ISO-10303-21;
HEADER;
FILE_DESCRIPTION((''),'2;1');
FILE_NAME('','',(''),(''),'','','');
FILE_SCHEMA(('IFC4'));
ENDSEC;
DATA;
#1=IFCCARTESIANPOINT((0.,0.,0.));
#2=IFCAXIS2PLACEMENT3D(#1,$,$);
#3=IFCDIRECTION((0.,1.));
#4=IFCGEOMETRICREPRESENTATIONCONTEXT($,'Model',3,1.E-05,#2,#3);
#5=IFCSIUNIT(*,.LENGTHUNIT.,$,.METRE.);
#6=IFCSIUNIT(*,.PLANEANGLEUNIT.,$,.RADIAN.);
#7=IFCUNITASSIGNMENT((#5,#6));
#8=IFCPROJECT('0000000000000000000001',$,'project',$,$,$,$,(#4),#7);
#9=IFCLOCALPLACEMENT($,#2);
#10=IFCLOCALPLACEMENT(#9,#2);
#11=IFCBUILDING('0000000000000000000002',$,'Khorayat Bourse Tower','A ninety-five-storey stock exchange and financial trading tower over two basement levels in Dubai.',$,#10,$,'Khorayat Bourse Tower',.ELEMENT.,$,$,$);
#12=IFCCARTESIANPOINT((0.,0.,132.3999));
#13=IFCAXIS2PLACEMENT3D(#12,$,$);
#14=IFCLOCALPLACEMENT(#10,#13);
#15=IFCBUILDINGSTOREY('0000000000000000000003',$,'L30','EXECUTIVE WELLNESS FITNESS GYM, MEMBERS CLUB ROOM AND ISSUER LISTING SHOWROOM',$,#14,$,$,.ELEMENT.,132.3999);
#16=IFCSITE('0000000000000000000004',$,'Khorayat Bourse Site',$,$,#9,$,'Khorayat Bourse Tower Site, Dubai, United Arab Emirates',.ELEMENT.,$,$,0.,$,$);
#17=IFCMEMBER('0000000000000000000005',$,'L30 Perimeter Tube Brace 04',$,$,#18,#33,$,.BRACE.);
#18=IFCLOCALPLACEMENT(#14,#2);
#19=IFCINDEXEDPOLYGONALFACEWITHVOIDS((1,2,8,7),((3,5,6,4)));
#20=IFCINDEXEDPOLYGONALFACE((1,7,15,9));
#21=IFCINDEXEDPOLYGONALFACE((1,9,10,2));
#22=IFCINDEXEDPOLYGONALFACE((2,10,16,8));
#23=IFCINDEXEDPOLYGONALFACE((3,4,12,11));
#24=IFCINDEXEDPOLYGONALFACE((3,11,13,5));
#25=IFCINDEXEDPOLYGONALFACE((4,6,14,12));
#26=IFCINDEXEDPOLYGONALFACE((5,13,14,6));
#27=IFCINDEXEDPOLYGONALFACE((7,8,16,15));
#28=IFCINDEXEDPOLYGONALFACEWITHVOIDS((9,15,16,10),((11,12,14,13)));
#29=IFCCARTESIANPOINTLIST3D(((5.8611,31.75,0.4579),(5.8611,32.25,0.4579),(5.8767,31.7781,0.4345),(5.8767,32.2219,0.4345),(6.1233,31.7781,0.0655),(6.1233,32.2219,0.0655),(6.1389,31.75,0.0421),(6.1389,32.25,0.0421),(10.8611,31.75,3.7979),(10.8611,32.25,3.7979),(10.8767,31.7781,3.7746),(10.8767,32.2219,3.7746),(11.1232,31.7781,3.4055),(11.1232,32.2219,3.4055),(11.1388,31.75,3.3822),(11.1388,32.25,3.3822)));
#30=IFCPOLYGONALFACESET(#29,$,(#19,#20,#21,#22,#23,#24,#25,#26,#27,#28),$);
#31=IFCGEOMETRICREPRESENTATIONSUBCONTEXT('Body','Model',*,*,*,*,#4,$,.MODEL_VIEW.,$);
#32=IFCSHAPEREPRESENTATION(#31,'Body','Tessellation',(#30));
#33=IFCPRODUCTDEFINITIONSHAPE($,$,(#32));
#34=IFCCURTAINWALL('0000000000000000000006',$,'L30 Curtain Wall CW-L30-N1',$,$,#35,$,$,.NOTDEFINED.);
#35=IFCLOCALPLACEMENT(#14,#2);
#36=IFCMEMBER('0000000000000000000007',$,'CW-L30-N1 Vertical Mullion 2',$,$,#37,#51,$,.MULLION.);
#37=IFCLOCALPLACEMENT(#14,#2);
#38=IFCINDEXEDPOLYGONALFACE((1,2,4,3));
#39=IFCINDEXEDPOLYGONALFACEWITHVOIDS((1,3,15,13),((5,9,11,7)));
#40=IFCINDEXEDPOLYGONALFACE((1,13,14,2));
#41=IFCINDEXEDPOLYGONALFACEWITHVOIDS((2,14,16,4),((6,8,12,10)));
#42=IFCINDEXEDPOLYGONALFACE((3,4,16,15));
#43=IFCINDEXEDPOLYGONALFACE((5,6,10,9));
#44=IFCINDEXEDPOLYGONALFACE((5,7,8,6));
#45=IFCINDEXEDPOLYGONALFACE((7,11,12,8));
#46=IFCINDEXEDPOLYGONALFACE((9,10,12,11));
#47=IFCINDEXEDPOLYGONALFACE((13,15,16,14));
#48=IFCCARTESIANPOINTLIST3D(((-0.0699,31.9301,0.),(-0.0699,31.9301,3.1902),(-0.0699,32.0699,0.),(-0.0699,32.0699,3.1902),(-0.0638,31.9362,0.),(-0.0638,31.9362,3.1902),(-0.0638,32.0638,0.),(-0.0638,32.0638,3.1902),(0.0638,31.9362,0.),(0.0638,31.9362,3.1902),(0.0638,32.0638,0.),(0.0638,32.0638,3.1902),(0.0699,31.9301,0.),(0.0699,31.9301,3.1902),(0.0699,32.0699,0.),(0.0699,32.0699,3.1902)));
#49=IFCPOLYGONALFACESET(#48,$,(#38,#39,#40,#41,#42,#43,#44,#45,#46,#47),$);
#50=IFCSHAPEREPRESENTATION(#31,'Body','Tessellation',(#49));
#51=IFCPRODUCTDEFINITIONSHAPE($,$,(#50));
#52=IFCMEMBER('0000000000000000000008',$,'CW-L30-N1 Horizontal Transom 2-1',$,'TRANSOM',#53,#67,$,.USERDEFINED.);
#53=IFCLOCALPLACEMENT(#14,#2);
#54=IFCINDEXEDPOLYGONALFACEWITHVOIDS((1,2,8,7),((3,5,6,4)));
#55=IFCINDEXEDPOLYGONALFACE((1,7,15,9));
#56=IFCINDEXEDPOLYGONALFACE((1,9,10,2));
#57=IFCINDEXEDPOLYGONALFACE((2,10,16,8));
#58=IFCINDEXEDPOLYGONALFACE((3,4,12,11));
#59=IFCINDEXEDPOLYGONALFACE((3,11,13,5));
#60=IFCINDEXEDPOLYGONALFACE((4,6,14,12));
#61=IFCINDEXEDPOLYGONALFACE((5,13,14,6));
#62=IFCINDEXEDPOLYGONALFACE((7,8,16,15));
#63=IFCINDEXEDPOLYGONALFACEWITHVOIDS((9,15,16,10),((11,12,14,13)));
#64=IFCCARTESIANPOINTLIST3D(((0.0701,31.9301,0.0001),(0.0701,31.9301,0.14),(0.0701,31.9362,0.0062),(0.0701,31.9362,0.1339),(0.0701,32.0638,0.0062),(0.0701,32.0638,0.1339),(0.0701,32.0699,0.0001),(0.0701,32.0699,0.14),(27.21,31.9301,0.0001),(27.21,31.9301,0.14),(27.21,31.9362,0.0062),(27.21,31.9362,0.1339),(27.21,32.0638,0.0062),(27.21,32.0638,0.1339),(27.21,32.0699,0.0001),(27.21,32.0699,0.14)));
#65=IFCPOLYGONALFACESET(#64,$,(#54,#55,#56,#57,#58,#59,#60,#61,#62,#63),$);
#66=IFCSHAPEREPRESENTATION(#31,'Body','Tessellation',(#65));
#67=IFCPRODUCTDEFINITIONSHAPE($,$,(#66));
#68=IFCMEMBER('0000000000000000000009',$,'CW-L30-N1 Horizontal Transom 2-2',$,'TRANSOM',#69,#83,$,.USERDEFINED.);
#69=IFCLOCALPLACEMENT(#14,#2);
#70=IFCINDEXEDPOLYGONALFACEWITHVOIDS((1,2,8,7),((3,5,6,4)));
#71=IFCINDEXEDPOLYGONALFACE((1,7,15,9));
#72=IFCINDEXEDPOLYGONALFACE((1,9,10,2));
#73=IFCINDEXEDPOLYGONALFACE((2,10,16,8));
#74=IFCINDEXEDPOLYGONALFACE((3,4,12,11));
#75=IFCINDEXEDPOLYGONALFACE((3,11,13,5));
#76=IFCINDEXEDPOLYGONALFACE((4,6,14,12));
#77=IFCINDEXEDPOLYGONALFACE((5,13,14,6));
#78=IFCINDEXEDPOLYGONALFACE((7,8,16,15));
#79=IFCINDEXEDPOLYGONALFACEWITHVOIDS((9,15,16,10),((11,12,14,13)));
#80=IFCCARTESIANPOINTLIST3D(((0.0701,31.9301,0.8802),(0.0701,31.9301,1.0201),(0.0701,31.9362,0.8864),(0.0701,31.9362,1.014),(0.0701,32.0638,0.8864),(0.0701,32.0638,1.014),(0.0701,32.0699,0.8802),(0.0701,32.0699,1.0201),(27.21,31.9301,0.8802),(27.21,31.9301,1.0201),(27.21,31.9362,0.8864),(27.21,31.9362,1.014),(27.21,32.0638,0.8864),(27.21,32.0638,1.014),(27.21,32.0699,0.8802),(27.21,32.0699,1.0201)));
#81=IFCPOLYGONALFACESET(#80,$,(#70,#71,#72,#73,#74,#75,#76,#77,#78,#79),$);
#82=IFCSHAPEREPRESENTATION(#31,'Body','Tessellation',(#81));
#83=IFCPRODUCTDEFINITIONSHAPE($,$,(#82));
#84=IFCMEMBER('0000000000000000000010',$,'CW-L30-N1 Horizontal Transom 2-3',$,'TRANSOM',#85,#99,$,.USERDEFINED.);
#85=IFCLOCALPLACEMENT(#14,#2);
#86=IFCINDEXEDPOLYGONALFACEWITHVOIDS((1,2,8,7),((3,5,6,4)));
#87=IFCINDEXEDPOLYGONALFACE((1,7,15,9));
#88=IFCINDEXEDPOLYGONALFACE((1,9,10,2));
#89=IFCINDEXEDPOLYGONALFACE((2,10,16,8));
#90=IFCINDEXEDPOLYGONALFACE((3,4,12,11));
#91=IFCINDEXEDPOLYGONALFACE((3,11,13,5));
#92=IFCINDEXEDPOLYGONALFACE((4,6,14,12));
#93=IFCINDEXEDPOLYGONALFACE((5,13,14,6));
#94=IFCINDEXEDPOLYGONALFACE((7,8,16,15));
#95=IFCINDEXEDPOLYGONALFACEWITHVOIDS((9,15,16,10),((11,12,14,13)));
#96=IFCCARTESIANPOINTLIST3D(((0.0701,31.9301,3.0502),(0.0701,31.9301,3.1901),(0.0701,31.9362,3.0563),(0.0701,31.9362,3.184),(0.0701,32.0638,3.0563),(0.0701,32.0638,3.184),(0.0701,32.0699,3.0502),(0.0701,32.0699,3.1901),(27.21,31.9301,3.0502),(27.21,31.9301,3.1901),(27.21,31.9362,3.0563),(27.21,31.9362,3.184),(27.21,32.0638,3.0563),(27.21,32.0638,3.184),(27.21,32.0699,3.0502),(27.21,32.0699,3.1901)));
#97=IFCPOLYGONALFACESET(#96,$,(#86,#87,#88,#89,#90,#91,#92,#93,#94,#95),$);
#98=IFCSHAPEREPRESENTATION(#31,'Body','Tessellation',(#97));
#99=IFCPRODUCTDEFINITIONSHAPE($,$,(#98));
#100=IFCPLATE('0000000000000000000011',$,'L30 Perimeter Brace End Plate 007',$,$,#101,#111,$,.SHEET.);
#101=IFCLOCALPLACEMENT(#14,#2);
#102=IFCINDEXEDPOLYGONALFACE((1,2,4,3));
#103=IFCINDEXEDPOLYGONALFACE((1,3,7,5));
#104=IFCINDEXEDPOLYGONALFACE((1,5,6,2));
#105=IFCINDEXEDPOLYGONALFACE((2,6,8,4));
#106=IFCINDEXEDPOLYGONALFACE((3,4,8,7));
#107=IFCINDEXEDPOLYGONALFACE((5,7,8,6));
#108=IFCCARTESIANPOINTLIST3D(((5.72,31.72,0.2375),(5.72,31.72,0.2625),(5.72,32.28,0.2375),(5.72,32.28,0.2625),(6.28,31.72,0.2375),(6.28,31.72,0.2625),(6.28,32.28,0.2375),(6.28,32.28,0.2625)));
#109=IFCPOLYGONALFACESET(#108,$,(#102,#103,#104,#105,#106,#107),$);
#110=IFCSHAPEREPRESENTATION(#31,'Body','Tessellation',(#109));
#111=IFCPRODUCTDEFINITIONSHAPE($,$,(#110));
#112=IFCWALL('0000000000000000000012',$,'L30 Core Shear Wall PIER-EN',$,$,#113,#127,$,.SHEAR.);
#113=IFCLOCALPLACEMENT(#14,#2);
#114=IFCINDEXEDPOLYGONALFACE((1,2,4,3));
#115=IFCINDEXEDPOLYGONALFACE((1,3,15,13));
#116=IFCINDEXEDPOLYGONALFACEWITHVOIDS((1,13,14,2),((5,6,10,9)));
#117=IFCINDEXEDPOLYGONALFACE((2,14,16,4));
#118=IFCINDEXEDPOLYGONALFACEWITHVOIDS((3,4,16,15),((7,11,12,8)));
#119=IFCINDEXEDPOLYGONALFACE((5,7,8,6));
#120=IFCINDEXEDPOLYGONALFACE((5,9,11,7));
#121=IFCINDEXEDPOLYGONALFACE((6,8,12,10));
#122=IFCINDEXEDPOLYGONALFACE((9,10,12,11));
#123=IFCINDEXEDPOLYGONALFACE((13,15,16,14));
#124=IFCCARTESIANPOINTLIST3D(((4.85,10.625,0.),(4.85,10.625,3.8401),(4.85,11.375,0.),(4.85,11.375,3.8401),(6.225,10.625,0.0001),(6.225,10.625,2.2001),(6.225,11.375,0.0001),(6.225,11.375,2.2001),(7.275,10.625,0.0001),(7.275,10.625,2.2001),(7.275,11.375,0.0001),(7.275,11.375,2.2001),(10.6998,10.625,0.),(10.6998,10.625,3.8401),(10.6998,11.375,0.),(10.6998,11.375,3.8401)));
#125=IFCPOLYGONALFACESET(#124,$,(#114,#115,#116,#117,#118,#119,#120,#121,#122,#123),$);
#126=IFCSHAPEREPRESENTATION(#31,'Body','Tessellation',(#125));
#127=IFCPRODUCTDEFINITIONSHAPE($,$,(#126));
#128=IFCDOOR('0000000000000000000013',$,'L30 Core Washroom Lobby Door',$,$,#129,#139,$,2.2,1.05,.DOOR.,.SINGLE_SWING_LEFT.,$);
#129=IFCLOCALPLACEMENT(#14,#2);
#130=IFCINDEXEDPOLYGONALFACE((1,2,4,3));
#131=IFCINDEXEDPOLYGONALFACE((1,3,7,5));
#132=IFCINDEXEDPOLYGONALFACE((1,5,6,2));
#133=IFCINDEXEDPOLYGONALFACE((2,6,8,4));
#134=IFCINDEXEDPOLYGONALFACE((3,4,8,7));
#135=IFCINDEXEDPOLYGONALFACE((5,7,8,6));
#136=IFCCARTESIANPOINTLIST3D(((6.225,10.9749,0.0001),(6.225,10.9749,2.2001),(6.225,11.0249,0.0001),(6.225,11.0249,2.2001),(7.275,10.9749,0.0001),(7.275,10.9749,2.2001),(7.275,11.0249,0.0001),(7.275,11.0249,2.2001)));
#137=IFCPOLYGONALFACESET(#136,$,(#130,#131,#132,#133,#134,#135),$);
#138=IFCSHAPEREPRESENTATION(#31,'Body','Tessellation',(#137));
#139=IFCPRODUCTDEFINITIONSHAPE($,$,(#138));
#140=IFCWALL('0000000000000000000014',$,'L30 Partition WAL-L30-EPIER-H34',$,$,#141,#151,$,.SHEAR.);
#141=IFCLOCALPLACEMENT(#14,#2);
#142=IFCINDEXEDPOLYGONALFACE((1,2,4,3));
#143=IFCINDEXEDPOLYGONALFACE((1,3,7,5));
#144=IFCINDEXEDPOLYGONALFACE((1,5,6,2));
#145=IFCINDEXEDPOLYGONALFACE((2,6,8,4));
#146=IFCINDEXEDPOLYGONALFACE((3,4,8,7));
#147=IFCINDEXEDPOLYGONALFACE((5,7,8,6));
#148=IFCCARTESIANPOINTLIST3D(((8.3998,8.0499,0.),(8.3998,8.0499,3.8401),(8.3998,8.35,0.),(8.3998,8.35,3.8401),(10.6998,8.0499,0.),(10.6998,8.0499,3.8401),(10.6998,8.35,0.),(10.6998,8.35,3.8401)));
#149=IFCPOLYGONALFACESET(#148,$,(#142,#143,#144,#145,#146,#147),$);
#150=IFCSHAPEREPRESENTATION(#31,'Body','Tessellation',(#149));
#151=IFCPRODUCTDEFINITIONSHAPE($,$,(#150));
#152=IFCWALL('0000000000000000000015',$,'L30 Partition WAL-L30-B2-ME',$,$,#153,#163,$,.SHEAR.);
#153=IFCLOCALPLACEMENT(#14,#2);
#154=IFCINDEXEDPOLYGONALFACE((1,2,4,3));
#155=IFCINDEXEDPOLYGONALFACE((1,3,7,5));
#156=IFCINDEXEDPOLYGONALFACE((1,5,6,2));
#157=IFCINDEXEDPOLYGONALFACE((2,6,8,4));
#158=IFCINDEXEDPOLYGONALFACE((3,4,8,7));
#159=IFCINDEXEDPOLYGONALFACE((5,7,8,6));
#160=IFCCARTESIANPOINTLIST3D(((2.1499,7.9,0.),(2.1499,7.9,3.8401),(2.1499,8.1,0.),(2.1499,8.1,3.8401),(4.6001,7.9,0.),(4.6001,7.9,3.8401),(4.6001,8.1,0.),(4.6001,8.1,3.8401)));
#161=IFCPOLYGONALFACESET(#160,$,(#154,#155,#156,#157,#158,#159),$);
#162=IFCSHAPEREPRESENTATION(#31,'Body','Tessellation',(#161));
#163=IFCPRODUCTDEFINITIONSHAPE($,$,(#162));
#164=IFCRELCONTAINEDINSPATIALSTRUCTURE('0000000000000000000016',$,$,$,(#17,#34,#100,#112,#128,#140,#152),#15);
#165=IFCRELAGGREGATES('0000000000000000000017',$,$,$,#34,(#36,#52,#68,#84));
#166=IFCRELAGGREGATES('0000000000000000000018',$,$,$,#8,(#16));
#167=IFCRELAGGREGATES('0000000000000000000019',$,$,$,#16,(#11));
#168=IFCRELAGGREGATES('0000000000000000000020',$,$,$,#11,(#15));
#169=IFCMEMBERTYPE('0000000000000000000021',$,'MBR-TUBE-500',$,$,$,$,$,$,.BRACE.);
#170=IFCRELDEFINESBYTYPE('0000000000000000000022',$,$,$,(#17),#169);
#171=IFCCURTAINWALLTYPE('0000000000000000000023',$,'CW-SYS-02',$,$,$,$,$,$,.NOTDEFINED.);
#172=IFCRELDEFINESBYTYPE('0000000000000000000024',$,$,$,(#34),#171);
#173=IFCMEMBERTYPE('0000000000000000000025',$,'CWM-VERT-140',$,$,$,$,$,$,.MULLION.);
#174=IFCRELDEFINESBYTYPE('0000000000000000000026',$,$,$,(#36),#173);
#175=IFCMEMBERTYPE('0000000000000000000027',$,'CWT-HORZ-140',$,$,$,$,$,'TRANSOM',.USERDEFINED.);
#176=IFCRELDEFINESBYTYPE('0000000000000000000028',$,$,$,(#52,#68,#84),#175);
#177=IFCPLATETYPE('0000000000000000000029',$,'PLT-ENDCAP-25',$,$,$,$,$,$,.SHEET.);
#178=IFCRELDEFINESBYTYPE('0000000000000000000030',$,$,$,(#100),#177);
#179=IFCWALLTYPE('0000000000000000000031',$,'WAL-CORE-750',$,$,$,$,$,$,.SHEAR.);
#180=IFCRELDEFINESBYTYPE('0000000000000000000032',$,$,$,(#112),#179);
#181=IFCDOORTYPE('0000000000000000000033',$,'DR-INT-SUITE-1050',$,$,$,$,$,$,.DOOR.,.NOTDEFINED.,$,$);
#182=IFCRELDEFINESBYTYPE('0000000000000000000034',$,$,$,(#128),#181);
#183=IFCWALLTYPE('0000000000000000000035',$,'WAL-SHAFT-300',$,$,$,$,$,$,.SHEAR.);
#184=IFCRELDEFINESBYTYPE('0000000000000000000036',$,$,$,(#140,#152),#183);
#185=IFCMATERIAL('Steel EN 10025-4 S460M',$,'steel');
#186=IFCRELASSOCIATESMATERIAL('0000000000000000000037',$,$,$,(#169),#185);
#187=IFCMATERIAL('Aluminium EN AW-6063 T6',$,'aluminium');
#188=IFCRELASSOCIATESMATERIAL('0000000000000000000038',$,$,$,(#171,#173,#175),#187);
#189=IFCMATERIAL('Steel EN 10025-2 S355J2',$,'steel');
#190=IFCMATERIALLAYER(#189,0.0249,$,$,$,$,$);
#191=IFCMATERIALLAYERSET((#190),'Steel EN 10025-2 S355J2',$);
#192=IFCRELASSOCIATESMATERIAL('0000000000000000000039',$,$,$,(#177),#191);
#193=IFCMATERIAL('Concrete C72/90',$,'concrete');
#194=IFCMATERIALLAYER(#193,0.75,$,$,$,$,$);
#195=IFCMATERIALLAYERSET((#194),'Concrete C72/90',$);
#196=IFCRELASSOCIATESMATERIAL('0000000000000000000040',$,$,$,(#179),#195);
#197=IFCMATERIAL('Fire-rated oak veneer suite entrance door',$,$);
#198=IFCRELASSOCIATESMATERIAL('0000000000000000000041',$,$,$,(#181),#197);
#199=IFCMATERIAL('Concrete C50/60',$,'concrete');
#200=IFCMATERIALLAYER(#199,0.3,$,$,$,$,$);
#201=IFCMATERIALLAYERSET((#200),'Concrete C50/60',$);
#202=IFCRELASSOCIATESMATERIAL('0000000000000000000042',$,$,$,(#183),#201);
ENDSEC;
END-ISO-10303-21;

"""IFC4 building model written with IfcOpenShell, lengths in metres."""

from ifc_helpers import new_model, si_unit, direction, frame, frame_2d, origin, origin_2d, place, context, subcontext, project, spatial, rectangle, hollow_rectangle, extrude, source, transform, mapped, material, layer, layer_set, material_profile, profile_set, type_object, element, fill, aggregate, save


model = new_model("IFC4")

# Units and contexts
model_context = context("Model", 3, precision=1e-05, world=origin(), true_north=direction((0.0, 1.0)))
body_context = subcontext(model_context, "Body", "Model", "MODEL_VIEW")
ifc_project = project(units=[si_unit("LENGTHUNIT", "METRE"), si_unit("PLANEANGLEUNIT", "RADIAN")], contexts=[model_context])

# Site, building, storey
site_placement = place(None, origin())
site = spatial("IfcSite", under=ifc_project, at=site_placement, Name="Khorayat Bourse Site", LongName="Khorayat Bourse Tower Site, Dubai, United Arab Emirates", CompositionType="ELEMENT", RefElevation=0.0)
building_placement = place(site_placement, origin())
building = spatial("IfcBuilding", under=site, at=building_placement, Name="Khorayat Bourse Tower", Description="A ninety-five-storey stock exchange and financial trading tower over two basement levels in Dubai.", LongName="Khorayat Bourse Tower", CompositionType="ELEMENT")
storey_placement = place(building_placement, frame((0.0, 0.0, 132.3999)))
storey = spatial("IfcBuildingStorey", under=building, at=storey_placement, Name="L30", Description="EXECUTIVE WELLNESS FITNESS GYM, MEMBERS CLUB ROOM AND ISSUER LISTING SHOWROOM", CompositionType="ELEMENT", Elevation=132.3999)

# Shared definitions
ifc_material_1 = material(Name="Steel EN 10025-4 S460M", Category="steel")
ifc_material_2 = material(Name="Concrete C72/90", Category="concrete")

# Member
ifc_material_profile_1 = material_profile(ifc_material_1, hollow_rectangle(XDim=0.5, YDim=0.5, WallThickness=0.0281, at=origin_2d()), Name="HSS 500x500x28")
ifc_profile_set_1 = profile_set([ifc_material_profile_1], Name="Steel EN 10025-4 S460M")
member_type_1 = type_object("IfcMemberType", Name="MBR-TUBE-500", PredefinedType="BRACE", material=ifc_profile_set_1)
shared_shape_1 = source(origin(), body_context, "Body", "SweptSolid", [
    extrude(hollow_rectangle(XDim=0.5, YDim=0.5, WallThickness=0.0281, at=origin_2d()), origin(), (0.0, 0.0, 1.0), 6.0129),
])
member_1_placement = place(storey_placement, frame((6.0, 32.0, 0.25), z_axis=(0.831531, 0.0, 0.555478), x_axis=(0.0, 1.0, 0.0)))
element("IfcMember", 1, at=member_1_placement, inside=storey, type_object=member_type_1, Name="L30 Perimeter Tube Brace 04", PredefinedType="BRACE", context=body_context, shape_type="MappedRepresentation", body=[
    mapped(shared_shape_1, transform((0.0, 0.0, 0.0), scale=1.0)),
])

# Curtain wall, members
ifc_material_3 = material(Name="Aluminium EN AW-6063 T6", Category="aluminium")
curtain_wall_type = type_object("IfcCurtainWallType", Name="CW-SYS-02", PredefinedType="NOTDEFINED", material=ifc_material_3)
curtain_wall_placement = place(storey_placement, origin())
curtain_wall = element("IfcCurtainWall", 2, at=curtain_wall_placement, inside=storey, type_object=curtain_wall_type, Name="L30 Curtain Wall CW-L30-N1", PredefinedType="NOTDEFINED")
ifc_material_profile_2 = material_profile(ifc_material_3, hollow_rectangle(XDim=0.1399, YDim=0.1399, WallThickness=0.0061, at=origin_2d()), Name="ALU 140x140x6")
ifc_profile_set_2 = profile_set([ifc_material_profile_2], Name="Aluminium EN AW-6063 T6")
member_type_2 = type_object("IfcMemberType", Name="CWM-VERT-140", PredefinedType="MULLION", material=ifc_profile_set_2)
shared_shape_2 = source(origin(), body_context, "Body", "SweptSolid", [
    extrude(hollow_rectangle(XDim=0.1399, YDim=0.1399, WallThickness=0.0061, at=origin_2d()), origin(), (0.0, 0.0, 1.0), 3.1902),
])
member_2_placement = place(storey_placement, frame((0.0, 32.0, 0.0), z_axis=(0.0, 0.0, 1.0), x_axis=(0.0, 1.0, 0.0)))
member_2 = element("IfcMember", 3, at=member_2_placement, type_object=member_type_2, Name="CW-L30-N1 Vertical Mullion 2", PredefinedType="MULLION", context=body_context, shape_type="MappedRepresentation", body=[
    mapped(shared_shape_2, transform((0.0, 0.0, 0.0), scale=1.0)),
])
ifc_material_profile_3 = material_profile(ifc_material_3, hollow_rectangle(XDim=0.1399, YDim=0.1399, WallThickness=0.0061, at=origin_2d()), Name="ALU 140x140x6")
ifc_profile_set_3 = profile_set([ifc_material_profile_3], Name="Aluminium EN AW-6063 T6")
member_type_3 = type_object("IfcMemberType", Name="CWT-HORZ-140", ElementType="TRANSOM", PredefinedType="USERDEFINED", material=ifc_profile_set_3)
shared_shape_3 = source(origin(), body_context, "Body", "SweptSolid", [
    extrude(hollow_rectangle(XDim=0.1399, YDim=0.1399, WallThickness=0.0061, at=origin_2d()), origin(), (0.0, 0.0, 1.0), 27.1399),
])
member_3_placement = place(storey_placement, frame((0.0701, 32.0, 0.0701), z_axis=(1.0, 0.0, 0.0), x_axis=(0.0, 1.0, 0.0)))
member_3 = element("IfcMember", 4, at=member_3_placement, type_object=member_type_3, Name="CW-L30-N1 Horizontal Transom 2-1", ObjectType="TRANSOM", PredefinedType="USERDEFINED", context=body_context, shape_type="MappedRepresentation", body=[
    mapped(shared_shape_3, transform((0.0, 0.0, 0.0), scale=1.0)),
])
member_4_placement = place(storey_placement, frame((0.0701, 32.0, 0.9502), z_axis=(1.0, 0.0, 0.0), x_axis=(0.0, 1.0, 0.0)))
member_4 = element("IfcMember", 5, at=member_4_placement, type_object=member_type_3, Name="CW-L30-N1 Horizontal Transom 2-2", ObjectType="TRANSOM", PredefinedType="USERDEFINED", context=body_context, shape_type="MappedRepresentation", body=[
    mapped(shared_shape_3, transform((0.0, 0.0, 0.0), scale=1.0)),
])
member_5_placement = place(storey_placement, frame((0.0701, 32.0, 3.1201), z_axis=(1.0, 0.0, 0.0), x_axis=(0.0, 1.0, 0.0)))
member_5 = element("IfcMember", 6, at=member_5_placement, type_object=member_type_3, Name="CW-L30-N1 Horizontal Transom 2-3", ObjectType="TRANSOM", PredefinedType="USERDEFINED", context=body_context, shape_type="MappedRepresentation", body=[
    mapped(shared_shape_3, transform((0.0, 0.0, 0.0), scale=1.0)),
])
aggregate(curtain_wall, [member_2, member_3, member_4, member_5])

# Plate
ifc_material_4 = material(Name="Steel EN 10025-2 S355J2", Category="steel")
ifc_layer_1 = layer(ifc_material_4, 0.0249)
ifc_layer_set_1 = layer_set([ifc_layer_1], Name="Steel EN 10025-2 S355J2")
plate_type = type_object("IfcPlateType", Name="PLT-ENDCAP-25", PredefinedType="SHEET", material=ifc_layer_set_1)
shared_shape_4 = source(origin(), body_context, "Body", "SweptSolid", [
    extrude(rectangle(XDim=0.5601, YDim=0.5601, at=origin_2d()), origin(), (0.0, 0.0, 1.0), 0.0249),
])
plate_placement = place(storey_placement, frame((6.0, 32.0, 0.2375), z_axis=(0.0, 0.0, 1.0), x_axis=(1.0, 0.0, 0.0)))
element("IfcPlate", 7, at=plate_placement, inside=storey, type_object=plate_type, Name="L30 Perimeter Brace End Plate 007", PredefinedType="SHEET", context=body_context, shape_type="MappedRepresentation", body=[
    mapped(shared_shape_4, transform((0.0, 0.0, 0.0), scale=1.0)),
])

# Wall, opening, door
ifc_layer_2 = layer(ifc_material_2, 0.75)
ifc_layer_set_2 = layer_set([ifc_layer_2], Name="Concrete C72/90")
wall_type_1 = type_object("IfcWallType", Name="WAL-CORE-750", PredefinedType="SHEAR", material=ifc_layer_set_2)
shared_shape_5 = source(origin(), body_context, "Body", "SweptSolid", [
    extrude(rectangle(XDim=5.8499, YDim=0.75, at=frame_2d((2.9248, 0.0))), origin(), (0.0, 0.0, 1.0), 3.8401),
])
wall_1_placement = place(storey_placement, frame((4.8501, 11.0, 0.0), z_axis=(0.0, 0.0, 1.0), x_axis=(1.0, 0.0, 0.0)))
wall_1 = element("IfcWall", 8, at=wall_1_placement, inside=storey, type_object=wall_type_1, Name="L30 Core Shear Wall PIER-EN", PredefinedType="SHEAR", context=body_context, shape_type="MappedRepresentation", body=[
    mapped(shared_shape_5, transform((0.0, 0.0, 0.0), scale=1.0)),
])
shared_shape_6 = source(origin(), body_context, "Body", "SweptSolid", [
    extrude(rectangle(XDim=1.05, YDim=2.2, at=frame_2d((0.5249, 1.1001))), frame((0.0, 0.385, 0.0), z_axis=(0.0, -1.0, 0.0), x_axis=(1.0, 0.0, 0.0)), (0.0, 0.0, 1.0), 0.77),
])
opening_1_placement = place(wall_1_placement, frame((1.375, 0.0, 0.0)))
opening_1 = element("IfcOpeningElement", 9, at=opening_1_placement, cuts=wall_1, PredefinedType="OPENING", context=body_context, shape_type="MappedRepresentation", body=[
    mapped(shared_shape_6, transform((0.0, 0.0, 0.0), scale=1.0)),
])
ifc_material_5 = material(Name="Fire-rated oak veneer suite entrance door")
door_type_1 = type_object("IfcDoorType", Name="DR-INT-SUITE-1050", OperationType="NOTDEFINED", PredefinedType="DOOR", material=ifc_material_5)
shared_shape_7 = source(origin(), body_context, "Body", "SweptSolid", [
    extrude(rectangle(XDim=1.05, YDim=2.2, at=frame_2d((0.5249, 1.1001))), frame((0.0, 0.0249, 0.0), z_axis=(0.0, -1.0, 0.0), x_axis=(1.0, 0.0, 0.0)), (0.0, 0.0, 1.0), 0.05),
])
door_1_placement = place(opening_1_placement, origin())
door_1 = element("IfcDoor", 10, at=door_1_placement, inside=storey, type_object=door_type_1, Name="L30 Core Washroom Lobby Door", OperationType="SINGLE_SWING_LEFT", OverallHeight=2.2, OverallWidth=1.05, PredefinedType="DOOR", context=body_context, shape_type="MappedRepresentation", body=[
    mapped(shared_shape_7, transform((0.0, 0.0, 0.0), scale=1.0)),
])
fill(opening_1, door_1)

# Wall
ifc_material_6 = material(Name="Concrete C50/60", Category="concrete")
ifc_layer_3 = layer(ifc_material_6, 0.3)
ifc_layer_set_3 = layer_set([ifc_layer_3], Name="Concrete C50/60")
wall_type_2 = type_object("IfcWallType", Name="WAL-SHAFT-300", PredefinedType="SHEAR", material=ifc_layer_set_3)
shared_shape_8 = source(origin(), body_context, "Body", "SweptSolid", [
    extrude(rectangle(XDim=2.3, YDim=0.3, at=frame_2d((1.1499, 0.0))), origin(), (0.0, 0.0, 1.0), 3.8401),
])
wall_2_placement = place(storey_placement, frame((8.3999, 8.2, 0.0), z_axis=(0.0, 0.0, 1.0), x_axis=(1.0, 0.0, 0.0)))
element("IfcWall", 11, at=wall_2_placement, inside=storey, type_object=wall_type_2, Name="L30 Partition WAL-L30-EPIER-H34", PredefinedType="SHEAR", context=body_context, shape_type="MappedRepresentation", body=[
    mapped(shared_shape_8, transform((0.0, 0.0, 0.0), scale=1.0)),
])

# Wall
shared_shape_9 = source(origin(), body_context, "Body", "SweptSolid", [
    extrude(rectangle(XDim=2.4502, YDim=0.2, at=frame_2d((1.2251, 0.0))), origin(), (0.0, 0.0, 1.0), 3.8401),
])
wall_3_placement = place(storey_placement, frame((2.1499, 8.0, 0.0), z_axis=(0.0, 0.0, 1.0), x_axis=(1.0, 0.0, 0.0)))
element("IfcWall", 12, at=wall_3_placement, inside=storey, type_object=wall_type_2, Name="L30 Partition WAL-L30-B2-ME", PredefinedType="SHEAR", context=body_context, shape_type="MappedRepresentation", body=[
    mapped(shared_shape_9, transform((0.0, 0.0, 0.0), scale=1.0)),
])

save(model, "model.ifc")
